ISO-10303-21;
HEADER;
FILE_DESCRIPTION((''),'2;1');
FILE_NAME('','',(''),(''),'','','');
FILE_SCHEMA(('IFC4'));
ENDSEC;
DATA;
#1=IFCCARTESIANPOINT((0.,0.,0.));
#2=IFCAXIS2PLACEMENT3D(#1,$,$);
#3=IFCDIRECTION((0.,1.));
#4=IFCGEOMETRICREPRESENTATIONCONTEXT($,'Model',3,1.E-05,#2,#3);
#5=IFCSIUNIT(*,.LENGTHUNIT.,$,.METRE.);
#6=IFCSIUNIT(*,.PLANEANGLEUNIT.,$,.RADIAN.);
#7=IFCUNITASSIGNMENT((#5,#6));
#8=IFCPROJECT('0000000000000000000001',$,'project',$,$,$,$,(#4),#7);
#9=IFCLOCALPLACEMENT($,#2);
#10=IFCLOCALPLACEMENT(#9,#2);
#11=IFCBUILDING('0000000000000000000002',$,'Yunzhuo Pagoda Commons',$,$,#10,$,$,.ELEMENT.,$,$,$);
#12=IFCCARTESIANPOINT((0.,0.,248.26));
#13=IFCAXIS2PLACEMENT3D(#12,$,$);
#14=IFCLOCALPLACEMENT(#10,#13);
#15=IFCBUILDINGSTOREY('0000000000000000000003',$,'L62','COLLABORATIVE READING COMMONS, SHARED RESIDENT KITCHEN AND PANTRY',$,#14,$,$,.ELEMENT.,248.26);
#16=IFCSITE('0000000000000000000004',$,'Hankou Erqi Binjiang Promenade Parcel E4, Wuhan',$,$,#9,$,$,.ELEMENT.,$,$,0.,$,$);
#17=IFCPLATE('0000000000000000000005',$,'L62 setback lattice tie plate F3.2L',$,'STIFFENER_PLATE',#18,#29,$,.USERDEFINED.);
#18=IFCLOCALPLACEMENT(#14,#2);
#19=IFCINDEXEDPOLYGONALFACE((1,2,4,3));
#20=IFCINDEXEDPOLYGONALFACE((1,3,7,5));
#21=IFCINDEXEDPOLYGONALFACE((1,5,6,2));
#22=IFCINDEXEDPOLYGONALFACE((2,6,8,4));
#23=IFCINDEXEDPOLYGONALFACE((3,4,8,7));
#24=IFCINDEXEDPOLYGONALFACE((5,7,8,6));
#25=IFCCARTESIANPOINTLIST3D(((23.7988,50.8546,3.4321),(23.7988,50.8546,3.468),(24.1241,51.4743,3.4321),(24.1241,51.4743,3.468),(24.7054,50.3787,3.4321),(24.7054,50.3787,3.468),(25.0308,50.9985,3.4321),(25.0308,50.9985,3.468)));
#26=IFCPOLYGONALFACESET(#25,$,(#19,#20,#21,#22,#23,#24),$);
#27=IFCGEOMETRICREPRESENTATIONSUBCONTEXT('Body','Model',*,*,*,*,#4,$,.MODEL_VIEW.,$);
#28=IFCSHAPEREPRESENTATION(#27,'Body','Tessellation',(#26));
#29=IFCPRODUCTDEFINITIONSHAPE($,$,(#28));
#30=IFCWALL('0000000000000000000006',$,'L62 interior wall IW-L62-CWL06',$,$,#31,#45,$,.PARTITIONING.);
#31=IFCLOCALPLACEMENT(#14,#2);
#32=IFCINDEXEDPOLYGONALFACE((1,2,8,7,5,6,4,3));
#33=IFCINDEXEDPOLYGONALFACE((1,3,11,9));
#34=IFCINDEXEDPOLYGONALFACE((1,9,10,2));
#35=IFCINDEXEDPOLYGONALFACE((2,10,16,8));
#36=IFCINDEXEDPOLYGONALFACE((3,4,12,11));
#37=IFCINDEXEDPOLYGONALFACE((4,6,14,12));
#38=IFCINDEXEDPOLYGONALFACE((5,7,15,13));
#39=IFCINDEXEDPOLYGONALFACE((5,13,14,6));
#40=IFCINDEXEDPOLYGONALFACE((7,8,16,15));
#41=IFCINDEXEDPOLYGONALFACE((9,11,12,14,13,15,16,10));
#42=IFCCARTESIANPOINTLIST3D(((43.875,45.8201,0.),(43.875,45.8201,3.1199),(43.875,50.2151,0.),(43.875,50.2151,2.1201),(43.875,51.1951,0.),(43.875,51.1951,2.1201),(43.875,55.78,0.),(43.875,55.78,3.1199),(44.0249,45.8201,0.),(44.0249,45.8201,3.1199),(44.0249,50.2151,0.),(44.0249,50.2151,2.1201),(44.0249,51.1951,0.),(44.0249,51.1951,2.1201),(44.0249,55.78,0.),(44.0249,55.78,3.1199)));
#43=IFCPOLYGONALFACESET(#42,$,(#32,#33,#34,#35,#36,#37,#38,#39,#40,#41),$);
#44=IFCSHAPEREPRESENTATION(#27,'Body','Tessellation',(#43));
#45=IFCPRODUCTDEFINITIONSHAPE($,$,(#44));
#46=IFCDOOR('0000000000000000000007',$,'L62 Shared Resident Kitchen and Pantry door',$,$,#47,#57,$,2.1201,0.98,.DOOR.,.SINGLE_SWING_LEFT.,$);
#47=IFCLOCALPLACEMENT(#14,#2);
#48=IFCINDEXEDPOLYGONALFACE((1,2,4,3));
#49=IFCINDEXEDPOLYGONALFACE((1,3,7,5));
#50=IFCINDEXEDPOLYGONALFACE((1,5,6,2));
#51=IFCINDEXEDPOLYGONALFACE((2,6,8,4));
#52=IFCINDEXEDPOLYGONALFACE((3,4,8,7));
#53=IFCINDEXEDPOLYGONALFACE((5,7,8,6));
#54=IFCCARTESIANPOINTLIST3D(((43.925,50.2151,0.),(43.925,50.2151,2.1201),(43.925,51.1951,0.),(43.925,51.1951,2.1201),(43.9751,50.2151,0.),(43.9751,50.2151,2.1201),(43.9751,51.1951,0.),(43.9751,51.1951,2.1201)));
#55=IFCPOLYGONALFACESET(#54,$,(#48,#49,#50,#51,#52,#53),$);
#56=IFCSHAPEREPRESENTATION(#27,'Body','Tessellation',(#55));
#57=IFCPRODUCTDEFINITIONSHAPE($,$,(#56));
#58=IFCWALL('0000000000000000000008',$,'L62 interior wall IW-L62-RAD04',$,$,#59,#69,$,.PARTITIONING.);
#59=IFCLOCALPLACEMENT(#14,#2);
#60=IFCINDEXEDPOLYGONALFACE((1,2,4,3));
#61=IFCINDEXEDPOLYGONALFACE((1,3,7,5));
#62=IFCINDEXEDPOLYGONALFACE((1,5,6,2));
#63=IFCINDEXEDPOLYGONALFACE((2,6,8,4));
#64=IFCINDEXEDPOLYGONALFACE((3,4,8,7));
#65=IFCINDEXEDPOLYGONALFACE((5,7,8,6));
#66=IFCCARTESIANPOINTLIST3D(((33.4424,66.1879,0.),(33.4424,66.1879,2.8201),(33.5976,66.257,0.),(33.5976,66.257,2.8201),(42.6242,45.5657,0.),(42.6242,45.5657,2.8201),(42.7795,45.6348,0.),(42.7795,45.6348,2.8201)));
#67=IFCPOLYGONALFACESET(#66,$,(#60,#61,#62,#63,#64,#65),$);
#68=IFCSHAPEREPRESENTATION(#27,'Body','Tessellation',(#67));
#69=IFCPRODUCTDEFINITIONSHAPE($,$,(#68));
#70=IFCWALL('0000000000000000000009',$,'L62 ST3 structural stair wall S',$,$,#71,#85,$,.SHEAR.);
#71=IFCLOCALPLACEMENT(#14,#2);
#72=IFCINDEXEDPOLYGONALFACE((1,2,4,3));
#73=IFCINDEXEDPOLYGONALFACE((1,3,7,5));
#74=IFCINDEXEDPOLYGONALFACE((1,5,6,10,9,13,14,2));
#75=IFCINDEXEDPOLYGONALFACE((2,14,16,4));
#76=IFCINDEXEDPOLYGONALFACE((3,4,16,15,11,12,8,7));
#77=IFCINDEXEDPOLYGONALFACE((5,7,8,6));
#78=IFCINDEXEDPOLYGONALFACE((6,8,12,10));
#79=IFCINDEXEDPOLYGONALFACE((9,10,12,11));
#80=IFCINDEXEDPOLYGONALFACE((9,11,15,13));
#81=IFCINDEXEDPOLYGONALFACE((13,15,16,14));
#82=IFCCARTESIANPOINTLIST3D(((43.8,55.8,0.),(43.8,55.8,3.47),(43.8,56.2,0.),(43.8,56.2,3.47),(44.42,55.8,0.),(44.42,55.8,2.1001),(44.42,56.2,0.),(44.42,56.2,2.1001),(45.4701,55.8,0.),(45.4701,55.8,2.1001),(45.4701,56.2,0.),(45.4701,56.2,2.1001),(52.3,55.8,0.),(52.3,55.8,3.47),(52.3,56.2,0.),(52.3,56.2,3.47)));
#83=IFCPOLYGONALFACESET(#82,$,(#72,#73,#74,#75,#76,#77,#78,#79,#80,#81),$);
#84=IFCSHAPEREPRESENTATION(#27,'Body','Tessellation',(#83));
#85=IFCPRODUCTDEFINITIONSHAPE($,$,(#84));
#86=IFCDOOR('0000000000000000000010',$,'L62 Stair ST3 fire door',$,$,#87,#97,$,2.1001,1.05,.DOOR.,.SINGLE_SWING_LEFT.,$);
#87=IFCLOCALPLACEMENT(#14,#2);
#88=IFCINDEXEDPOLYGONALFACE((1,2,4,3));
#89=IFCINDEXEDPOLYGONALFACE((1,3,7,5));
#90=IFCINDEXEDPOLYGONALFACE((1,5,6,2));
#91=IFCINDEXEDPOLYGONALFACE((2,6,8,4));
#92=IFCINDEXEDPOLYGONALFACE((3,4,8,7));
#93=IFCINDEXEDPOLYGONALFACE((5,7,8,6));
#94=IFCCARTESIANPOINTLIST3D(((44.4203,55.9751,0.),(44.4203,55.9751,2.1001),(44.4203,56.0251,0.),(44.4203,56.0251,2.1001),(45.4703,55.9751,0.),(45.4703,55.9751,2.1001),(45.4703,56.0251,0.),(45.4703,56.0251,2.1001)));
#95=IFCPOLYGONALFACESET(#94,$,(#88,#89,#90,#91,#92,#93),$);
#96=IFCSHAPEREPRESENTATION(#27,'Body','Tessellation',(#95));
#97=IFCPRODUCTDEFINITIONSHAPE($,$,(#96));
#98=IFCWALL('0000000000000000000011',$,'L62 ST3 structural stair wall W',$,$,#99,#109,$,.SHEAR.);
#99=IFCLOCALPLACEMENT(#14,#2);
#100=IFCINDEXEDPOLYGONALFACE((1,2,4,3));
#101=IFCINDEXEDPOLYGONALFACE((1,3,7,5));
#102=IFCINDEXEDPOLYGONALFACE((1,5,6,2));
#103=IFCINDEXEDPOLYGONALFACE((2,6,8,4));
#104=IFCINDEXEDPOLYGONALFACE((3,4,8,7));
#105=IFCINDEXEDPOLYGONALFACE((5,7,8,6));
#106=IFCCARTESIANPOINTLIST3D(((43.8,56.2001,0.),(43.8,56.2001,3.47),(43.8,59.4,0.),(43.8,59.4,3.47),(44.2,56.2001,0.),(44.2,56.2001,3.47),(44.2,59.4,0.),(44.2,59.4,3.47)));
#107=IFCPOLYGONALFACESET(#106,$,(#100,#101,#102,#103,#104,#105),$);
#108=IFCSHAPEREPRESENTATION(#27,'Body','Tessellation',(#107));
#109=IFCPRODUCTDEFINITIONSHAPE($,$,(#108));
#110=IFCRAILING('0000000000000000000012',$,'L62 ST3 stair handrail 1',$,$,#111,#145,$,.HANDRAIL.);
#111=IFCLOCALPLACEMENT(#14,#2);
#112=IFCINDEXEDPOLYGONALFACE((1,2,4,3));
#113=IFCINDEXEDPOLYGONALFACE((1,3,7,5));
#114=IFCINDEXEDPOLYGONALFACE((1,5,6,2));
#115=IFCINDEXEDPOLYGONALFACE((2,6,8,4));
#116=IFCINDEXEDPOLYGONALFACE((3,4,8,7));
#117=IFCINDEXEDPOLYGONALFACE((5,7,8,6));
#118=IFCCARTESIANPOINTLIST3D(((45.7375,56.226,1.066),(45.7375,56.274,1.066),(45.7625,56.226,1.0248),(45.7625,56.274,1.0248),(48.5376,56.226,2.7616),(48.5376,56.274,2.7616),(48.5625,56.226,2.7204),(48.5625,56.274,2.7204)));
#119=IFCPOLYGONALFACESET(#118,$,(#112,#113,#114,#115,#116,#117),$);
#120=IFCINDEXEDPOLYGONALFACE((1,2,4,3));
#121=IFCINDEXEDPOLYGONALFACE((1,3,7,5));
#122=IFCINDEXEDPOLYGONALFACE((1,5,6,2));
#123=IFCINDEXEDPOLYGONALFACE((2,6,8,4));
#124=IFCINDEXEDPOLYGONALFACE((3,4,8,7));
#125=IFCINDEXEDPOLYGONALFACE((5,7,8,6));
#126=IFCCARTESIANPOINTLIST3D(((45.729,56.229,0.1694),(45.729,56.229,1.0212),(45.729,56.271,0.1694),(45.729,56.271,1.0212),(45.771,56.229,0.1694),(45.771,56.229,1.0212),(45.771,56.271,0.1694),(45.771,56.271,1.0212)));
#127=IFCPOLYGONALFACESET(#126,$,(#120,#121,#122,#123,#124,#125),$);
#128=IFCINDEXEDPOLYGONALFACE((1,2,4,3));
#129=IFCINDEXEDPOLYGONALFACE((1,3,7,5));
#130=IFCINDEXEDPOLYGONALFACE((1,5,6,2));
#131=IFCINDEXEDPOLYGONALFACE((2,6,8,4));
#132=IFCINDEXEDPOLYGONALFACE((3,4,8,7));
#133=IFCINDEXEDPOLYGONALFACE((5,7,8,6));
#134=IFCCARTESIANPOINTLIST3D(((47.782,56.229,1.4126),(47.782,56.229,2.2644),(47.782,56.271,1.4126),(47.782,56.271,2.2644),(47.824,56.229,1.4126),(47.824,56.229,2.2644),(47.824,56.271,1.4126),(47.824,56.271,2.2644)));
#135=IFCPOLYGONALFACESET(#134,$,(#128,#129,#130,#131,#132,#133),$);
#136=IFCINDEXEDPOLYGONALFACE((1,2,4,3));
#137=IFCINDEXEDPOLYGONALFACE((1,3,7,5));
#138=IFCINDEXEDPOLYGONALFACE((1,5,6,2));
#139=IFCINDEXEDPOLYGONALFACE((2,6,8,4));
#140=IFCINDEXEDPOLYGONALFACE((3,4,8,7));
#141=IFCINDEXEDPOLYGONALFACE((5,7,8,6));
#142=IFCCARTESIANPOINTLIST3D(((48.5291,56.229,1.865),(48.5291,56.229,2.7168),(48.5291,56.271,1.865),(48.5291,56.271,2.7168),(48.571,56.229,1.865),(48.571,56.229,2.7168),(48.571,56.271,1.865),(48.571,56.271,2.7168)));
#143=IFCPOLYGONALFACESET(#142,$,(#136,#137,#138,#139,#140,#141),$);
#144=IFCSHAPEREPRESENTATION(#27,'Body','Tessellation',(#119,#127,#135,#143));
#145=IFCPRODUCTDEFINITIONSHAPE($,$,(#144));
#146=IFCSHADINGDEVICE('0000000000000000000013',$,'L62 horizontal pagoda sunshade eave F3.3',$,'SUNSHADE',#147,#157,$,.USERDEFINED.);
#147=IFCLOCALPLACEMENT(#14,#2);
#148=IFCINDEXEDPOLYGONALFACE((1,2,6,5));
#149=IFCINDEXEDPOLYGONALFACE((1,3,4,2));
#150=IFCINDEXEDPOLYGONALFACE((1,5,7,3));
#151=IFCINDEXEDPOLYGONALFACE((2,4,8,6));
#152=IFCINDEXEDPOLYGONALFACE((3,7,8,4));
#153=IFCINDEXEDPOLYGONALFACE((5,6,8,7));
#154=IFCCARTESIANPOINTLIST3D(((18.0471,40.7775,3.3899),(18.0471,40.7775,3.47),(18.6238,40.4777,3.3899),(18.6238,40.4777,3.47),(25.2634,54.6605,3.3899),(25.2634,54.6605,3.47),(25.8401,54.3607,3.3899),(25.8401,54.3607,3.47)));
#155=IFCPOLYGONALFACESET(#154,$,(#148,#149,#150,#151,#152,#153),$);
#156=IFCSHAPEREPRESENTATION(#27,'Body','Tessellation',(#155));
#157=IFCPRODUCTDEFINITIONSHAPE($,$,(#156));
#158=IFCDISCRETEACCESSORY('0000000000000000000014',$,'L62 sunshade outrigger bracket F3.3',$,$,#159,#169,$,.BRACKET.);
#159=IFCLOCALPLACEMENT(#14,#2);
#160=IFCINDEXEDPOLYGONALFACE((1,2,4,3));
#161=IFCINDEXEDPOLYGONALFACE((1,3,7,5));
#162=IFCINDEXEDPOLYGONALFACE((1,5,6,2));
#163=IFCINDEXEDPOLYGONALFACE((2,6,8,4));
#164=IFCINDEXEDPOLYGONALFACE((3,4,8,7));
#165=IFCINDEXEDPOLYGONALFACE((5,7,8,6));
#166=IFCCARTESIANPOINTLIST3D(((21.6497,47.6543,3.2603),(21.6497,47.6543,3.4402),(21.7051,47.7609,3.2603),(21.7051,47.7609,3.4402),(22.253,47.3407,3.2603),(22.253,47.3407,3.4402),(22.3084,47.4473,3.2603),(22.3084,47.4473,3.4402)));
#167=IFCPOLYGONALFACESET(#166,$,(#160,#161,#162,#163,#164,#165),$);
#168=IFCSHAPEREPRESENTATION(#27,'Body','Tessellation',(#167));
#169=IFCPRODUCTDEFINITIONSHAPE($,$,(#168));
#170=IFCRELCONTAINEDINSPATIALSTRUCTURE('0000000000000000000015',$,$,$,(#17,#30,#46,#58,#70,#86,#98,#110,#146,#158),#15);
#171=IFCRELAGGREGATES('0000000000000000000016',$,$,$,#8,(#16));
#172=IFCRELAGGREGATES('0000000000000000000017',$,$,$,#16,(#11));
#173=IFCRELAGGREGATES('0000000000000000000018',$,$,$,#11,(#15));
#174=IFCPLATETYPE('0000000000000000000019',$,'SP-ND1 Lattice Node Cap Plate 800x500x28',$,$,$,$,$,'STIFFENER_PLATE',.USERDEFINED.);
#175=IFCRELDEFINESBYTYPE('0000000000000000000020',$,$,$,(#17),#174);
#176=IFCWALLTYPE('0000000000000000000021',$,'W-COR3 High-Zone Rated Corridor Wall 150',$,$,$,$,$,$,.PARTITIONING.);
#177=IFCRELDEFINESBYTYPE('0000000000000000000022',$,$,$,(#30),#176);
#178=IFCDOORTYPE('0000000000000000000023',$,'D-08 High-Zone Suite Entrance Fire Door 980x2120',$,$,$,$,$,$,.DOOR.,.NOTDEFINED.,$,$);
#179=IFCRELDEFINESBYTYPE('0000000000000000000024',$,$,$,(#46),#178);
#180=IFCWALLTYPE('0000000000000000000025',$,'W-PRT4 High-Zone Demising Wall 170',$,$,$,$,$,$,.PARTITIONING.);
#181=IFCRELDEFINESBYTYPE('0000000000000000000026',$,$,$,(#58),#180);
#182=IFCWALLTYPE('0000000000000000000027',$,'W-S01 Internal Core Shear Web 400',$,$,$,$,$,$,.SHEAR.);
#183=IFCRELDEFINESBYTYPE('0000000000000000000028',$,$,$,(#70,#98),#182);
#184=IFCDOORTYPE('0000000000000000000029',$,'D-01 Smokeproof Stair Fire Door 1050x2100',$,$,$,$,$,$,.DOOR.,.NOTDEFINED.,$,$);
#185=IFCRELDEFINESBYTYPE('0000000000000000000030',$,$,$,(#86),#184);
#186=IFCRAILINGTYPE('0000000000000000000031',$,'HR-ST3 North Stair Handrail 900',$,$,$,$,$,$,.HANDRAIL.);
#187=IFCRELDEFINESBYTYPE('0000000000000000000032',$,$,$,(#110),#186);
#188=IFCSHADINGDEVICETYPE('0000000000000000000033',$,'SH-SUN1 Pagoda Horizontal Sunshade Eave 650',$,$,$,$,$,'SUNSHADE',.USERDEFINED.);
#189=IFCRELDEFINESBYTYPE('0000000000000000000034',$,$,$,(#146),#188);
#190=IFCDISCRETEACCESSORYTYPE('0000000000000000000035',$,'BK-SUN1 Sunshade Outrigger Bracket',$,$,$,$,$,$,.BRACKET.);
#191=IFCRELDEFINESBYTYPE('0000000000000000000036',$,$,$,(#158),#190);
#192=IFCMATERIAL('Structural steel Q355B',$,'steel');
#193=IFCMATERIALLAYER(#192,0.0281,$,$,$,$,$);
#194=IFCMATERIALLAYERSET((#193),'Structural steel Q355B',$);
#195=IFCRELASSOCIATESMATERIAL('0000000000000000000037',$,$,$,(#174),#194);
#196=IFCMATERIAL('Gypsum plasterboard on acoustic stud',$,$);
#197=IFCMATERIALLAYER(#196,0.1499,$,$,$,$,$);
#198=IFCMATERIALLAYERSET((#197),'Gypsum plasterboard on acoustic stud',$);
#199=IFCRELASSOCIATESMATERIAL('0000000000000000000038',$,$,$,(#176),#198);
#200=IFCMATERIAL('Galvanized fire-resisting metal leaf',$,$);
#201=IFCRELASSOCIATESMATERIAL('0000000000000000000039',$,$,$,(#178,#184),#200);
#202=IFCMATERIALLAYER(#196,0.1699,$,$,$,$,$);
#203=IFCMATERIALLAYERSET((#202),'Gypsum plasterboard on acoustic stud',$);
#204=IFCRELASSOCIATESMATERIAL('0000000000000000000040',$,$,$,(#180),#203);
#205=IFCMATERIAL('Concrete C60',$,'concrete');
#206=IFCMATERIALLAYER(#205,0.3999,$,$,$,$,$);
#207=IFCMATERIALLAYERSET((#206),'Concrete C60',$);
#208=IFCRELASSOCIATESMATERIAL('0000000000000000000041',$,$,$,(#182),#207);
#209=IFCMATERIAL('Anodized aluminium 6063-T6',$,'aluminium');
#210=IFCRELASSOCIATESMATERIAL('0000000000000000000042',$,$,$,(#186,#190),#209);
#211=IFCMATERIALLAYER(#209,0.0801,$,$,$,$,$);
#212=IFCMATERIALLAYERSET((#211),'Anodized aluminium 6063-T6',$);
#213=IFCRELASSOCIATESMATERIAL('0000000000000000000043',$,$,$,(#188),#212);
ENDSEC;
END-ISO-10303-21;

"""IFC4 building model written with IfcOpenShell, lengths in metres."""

from ifc_helpers import new_model, si_unit, direction, frame, frame_2d, origin, origin_with_axes, origin_2d, place, context, subcontext, project, spatial, rectangle, extrude, source, transform, mapped, material, layer, layer_set, type_object, element, fill, save


model = new_model("IFC4")

# Units and contexts
model_context = context("Model", 3, precision=1e-05, world=origin(), true_north=direction((0.0, 1.0)))
body_context = subcontext(model_context, "Body", "Model", "MODEL_VIEW")
ifc_project = project(units=[si_unit("LENGTHUNIT", "METRE"), si_unit("PLANEANGLEUNIT", "RADIAN")], contexts=[model_context])

# Site, building, storey
site_placement = place(None, origin())
site = spatial("IfcSite", under=ifc_project, at=site_placement, Name="Hankou Erqi Binjiang Promenade Parcel E4, Wuhan", CompositionType="ELEMENT", RefElevation=0.0)
building_placement = place(site_placement, origin())
building = spatial("IfcBuilding", under=site, at=building_placement, Name="Yunzhuo Pagoda Commons", CompositionType="ELEMENT")
storey_placement = place(building_placement, frame((0.0, 0.0, 248.26)))
storey = spatial("IfcBuildingStorey", under=building, at=storey_placement, Name="L62", Description="COLLABORATIVE READING COMMONS, SHARED RESIDENT KITCHEN AND PANTRY", CompositionType="ELEMENT", Elevation=248.26)

# Shared definitions
ifc_material_1 = material(Name="Structural steel Q355B", Category="steel")

# Shared definitions
ifc_material_2 = material(Name="Anodized aluminium 6063-T6", Category="aluminium")

# Plate
ifc_layer_1 = layer(ifc_material_1, 0.0281)
ifc_layer_set_1 = layer_set([ifc_layer_1], Name="Structural steel Q355B")
plate_type_1 = type_object("IfcPlateType", Name="SP-ND1 Lattice Node Cap Plate 800x500x28", ElementType="STIFFENER_PLATE", PredefinedType="USERDEFINED", material=ifc_layer_set_1)
shared_shape_1 = source(origin(), body_context, "Body", "SweptSolid", [
    extrude(rectangle(XDim=0.7, YDim=1.0239, at=origin_2d()), origin(), (0.0, 0.0, 1.0), 0.0359),
])
plate_1_placement = place(storey_placement, frame((24.4148, 50.9265, 3.4321), z_axis=(0.0, 0.0, 1.0), x_axis=(-0.464765, -0.885434, 0.0)))
element("IfcPlate", 1, at=plate_1_placement, inside=storey, type_object=plate_type_1, Name="L62 setback lattice tie plate F3.2L", ObjectType="STIFFENER_PLATE", PredefinedType="USERDEFINED", context=body_context, shape_type="MappedRepresentation", body=[
    mapped(shared_shape_1, transform((0.0, 0.0, 0.0), scale=1.0)),
])

# Wall, opening, door
ifc_material_3 = material(Name="Gypsum plasterboard on acoustic stud")
ifc_layer_2 = layer(ifc_material_3, 0.1499)
ifc_layer_set_2 = layer_set([ifc_layer_2], Name="Gypsum plasterboard on acoustic stud")
wall_type_1 = type_object("IfcWallType", Name="W-COR3 High-Zone Rated Corridor Wall 150", PredefinedType="PARTITIONING", material=ifc_layer_set_2)
wall_1_placement = place(storey_placement, frame((43.95, 45.8201, 0.0), z_axis=(0.0, 0.0, 1.0), x_axis=(0.0, 1.0, 0.0)))
wall_1 = element("IfcWall", 2, at=wall_1_placement, inside=storey, type_object=wall_type_1, Name="L62 interior wall IW-L62-CWL06", PredefinedType="PARTITIONING", context=body_context, shape_type="SweptSolid", body=[
    extrude(rectangle(XDim=9.96, YDim=0.1499, at=frame_2d((4.98, 0.0))), origin(), (0.0, 0.0, 1.0), 3.1199),
])
opening_1_placement = place(wall_1_placement, frame((4.395, 0.0, 0.0)))
opening_1 = element("IfcOpeningElement", 3, at=opening_1_placement, cuts=wall_1, PredefinedType="OPENING", context=body_context, shape_type="SweptSolid", body=[
    extrude(rectangle(XDim=0.98, YDim=2.1201, at=frame_2d((0.49, 1.0601))), frame((0.0, 0.085, 0.0), z_axis=(0.0, -1.0, 0.0), x_axis=(1.0, 0.0, 0.0)), (0.0, 0.0, 1.0), 0.1699),
])
ifc_material_4 = material(Name="Galvanized fire-resisting metal leaf")
door_type_1 = type_object("IfcDoorType", Name="D-08 High-Zone Suite Entrance Fire Door 980x2120", OperationType="NOTDEFINED", PredefinedType="DOOR", material=ifc_material_4)
shared_shape_2 = source(origin(), body_context, "Body", "SweptSolid", [
    extrude(rectangle(XDim=0.98, YDim=2.1201, at=frame_2d((0.49, 1.0601))), frame((0.0, 0.0249, 0.0), z_axis=(0.0, -1.0, 0.0), x_axis=(1.0, 0.0, 0.0)), (0.0, 0.0, 1.0), 0.05),
])
door_1_placement = place(opening_1_placement, origin_with_axes())
door_1 = element("IfcDoor", 4, at=door_1_placement, inside=storey, type_object=door_type_1, Name="L62 Shared Resident Kitchen and Pantry door", OperationType="SINGLE_SWING_LEFT", OverallHeight=2.1201, OverallWidth=0.98, PredefinedType="DOOR", context=body_context, shape_type="MappedRepresentation", body=[
    mapped(shared_shape_2, transform((0.0, 0.0, 0.0), scale=1.0)),
])
fill(opening_1, door_1)

# Wall
ifc_layer_3 = layer(ifc_material_3, 0.1699)
ifc_layer_set_3 = layer_set([ifc_layer_3], Name="Gypsum plasterboard on acoustic stud")
wall_type_2 = type_object("IfcWallType", Name="W-PRT4 High-Zone Demising Wall 170", PredefinedType="PARTITIONING", material=ifc_layer_set_3)
wall_2_placement = place(storey_placement, frame((42.7019, 45.6001, 0.0), z_axis=(0.0, 0.0, 1.0), x_axis=(-0.406745, 0.913542, 0.0)))
element("IfcWall", 5, at=wall_2_placement, inside=storey, type_object=wall_type_2, Name="L62 interior wall IW-L62-RAD04", PredefinedType="PARTITIONING", context=body_context, shape_type="SweptSolid", body=[
    extrude(rectangle(XDim=22.574, YDim=0.1699, at=frame_2d((11.2871, 0.0))), origin(), (0.0, 0.0, 1.0), 2.8201),
])

# Wall, opening, door
ifc_material_5 = material(Name="Concrete C60", Category="concrete")
ifc_layer_4 = layer(ifc_material_5, 0.3999)
ifc_layer_set_4 = layer_set([ifc_layer_4], Name="Concrete C60")
wall_type_3 = type_object("IfcWallType", Name="W-S01 Internal Core Shear Web 400", PredefinedType="SHEAR", material=ifc_layer_set_4)
wall_3_placement = place(storey_placement, frame((43.8, 56.0, 0.0), z_axis=(0.0, 0.0, 1.0), x_axis=(1.0, 0.0, 0.0)))
wall_3 = element("IfcWall", 6, at=wall_3_placement, inside=storey, type_object=wall_type_3, Name="L62 ST3 structural stair wall S", PredefinedType="SHEAR", context=body_context, shape_type="SweptSolid", body=[
    extrude(rectangle(XDim=8.5, YDim=0.3999, at=frame_2d((4.25, 0.0))), origin(), (0.0, 0.0, 1.0), 3.47),
])
opening_2_placement = place(wall_3_placement, frame((0.6201, 0.0, 0.0)))
opening_2 = element("IfcOpeningElement", 7, at=opening_2_placement, cuts=wall_3, PredefinedType="OPENING", context=body_context, shape_type="SweptSolid", body=[
    extrude(rectangle(XDim=1.05, YDim=2.1001, at=frame_2d((0.5249, 1.05))), frame((0.0, 0.21, 0.0), z_axis=(0.0, -1.0, 0.0), x_axis=(1.0, 0.0, 0.0)), (0.0, 0.0, 1.0), 0.4199),
])
door_type_2 = type_object("IfcDoorType", Name="D-01 Smokeproof Stair Fire Door 1050x2100", OperationType="NOTDEFINED", PredefinedType="DOOR", material=ifc_material_4)
shared_shape_3 = source(origin(), body_context, "Body", "SweptSolid", [
    extrude(rectangle(XDim=1.05, YDim=2.1001, at=frame_2d((0.5249, 1.05))), frame((0.0, 0.0249, 0.0), z_axis=(0.0, -1.0, 0.0), x_axis=(1.0, 0.0, 0.0)), (0.0, 0.0, 1.0), 0.05),
])
door_2_placement = place(opening_2_placement, frame((1.05, 0.0, 0.0), z_axis=(0.0, 0.0, 1.0), x_axis=(-1.0, 0.0, 0.0)))
door_2 = element("IfcDoor", 8, at=door_2_placement, inside=storey, type_object=door_type_2, Name="L62 Stair ST3 fire door", OperationType="SINGLE_SWING_LEFT", OverallHeight=2.1001, OverallWidth=1.05, PredefinedType="DOOR", context=body_context, shape_type="MappedRepresentation", body=[
    mapped(shared_shape_3, transform((0.0, 0.0, 0.0), scale=1.0)),
])
fill(opening_2, door_2)

# Wall
wall_4_placement = place(storey_placement, frame((44.0, 56.2, 0.0), z_axis=(0.0, 0.0, 1.0), x_axis=(0.0, 1.0, 0.0)))
element("IfcWall", 9, at=wall_4_placement, inside=storey, type_object=wall_type_3, Name="L62 ST3 structural stair wall W", PredefinedType="SHEAR", context=body_context, shape_type="SweptSolid", body=[
    extrude(rectangle(XDim=3.2, YDim=0.3999, at=frame_2d((1.6001, 0.0))), origin(), (0.0, 0.0, 1.0), 3.47),
])

# Railing
railing_type = type_object("IfcRailingType", Name="HR-ST3 North Stair Handrail 900", PredefinedType="HANDRAIL", material=ifc_material_2)
railing_placement = place(storey_placement, frame((45.75, 56.25, 0.1694)))
element("IfcRailing", 10, at=railing_placement, inside=storey, type_object=railing_type, Name="L62 ST3 stair handrail 1", PredefinedType="HANDRAIL", context=body_context, shape_type="SweptSolid", body=[
    extrude(rectangle(XDim=0.0481, YDim=0.0481, at=origin_2d()), frame((0.0, 0.0, 0.876), z_axis=(0.855393, 0.0, 0.517979), x_axis=(0.0, 1.0, 0.0)), (0.0, 0.0, 1.0), 3.2734),
    extrude(rectangle(XDim=0.042, YDim=0.042, at=origin_2d()), origin(), (0.0, 0.0, 1.0), 0.8518),
    extrude(rectangle(XDim=0.042, YDim=0.042, at=origin_2d()), frame((2.053, 0.0, 1.2432)), (0.0, 0.0, 1.0), 0.8518),
    extrude(rectangle(XDim=0.042, YDim=0.042, at=origin_2d()), frame((2.8, 0.0, 1.6956)), (0.0, 0.0, 1.0), 0.8518),
])

# Shading device
ifc_layer_5 = layer(ifc_material_2, 0.0801)
ifc_layer_set_5 = layer_set([ifc_layer_5], Name="Anodized aluminium 6063-T6")
shading_device_type = type_object("IfcShadingDeviceType", Name="SH-SUN1 Pagoda Horizontal Sunshade Eave 650", ElementType="SUNSHADE", PredefinedType="USERDEFINED", material=ifc_layer_set_5)
shared_shape_4 = source(origin(), body_context, "Body", "SweptSolid", [
    extrude(rectangle(XDim=15.6465, YDim=0.6499, at=origin_2d()), origin(), (0.0, 0.0, 1.0), 0.0801),
])
shading_device_placement = place(storey_placement, frame((21.9436, 47.5691, 3.3899), z_axis=(0.0, 0.0, 1.0), x_axis=(-0.461207, -0.887293, 0.0)))
element("IfcShadingDevice", 11, at=shading_device_placement, inside=storey, type_object=shading_device_type, Name="L62 horizontal pagoda sunshade eave F3.3", ObjectType="SUNSHADE", PredefinedType="USERDEFINED", context=body_context, shape_type="MappedRepresentation", body=[
    mapped(shared_shape_4, transform((0.0, 0.0, 0.0), scale=1.0)),
])

# Discrete accessory
discrete_accessory_type = type_object("IfcDiscreteAccessoryType", Name="BK-SUN1 Sunshade Outrigger Bracket", PredefinedType="BRACKET", material=ifc_material_2)
shared_shape_5 = source(origin(), body_context, "Body", "SweptSolid", [
    extrude(rectangle(XDim=0.1201, YDim=0.6799, at=origin_2d()), origin(), (0.0, 0.0, 1.0), 0.1799),
])
discrete_accessory_placement = place(storey_placement, frame((21.979, 47.5508, 3.2603), z_axis=(0.0, 0.0, 1.0), x_axis=(-0.461207, -0.887293, 0.0)))
element("IfcDiscreteAccessory", 12, at=discrete_accessory_placement, inside=storey, type_object=discrete_accessory_type, Name="L62 sunshade outrigger bracket F3.3", PredefinedType="BRACKET", context=body_context, shape_type="MappedRepresentation", body=[
    mapped(shared_shape_5, transform((0.0, 0.0, 0.0), scale=1.0)),
])

save(model, "model.ifc")
